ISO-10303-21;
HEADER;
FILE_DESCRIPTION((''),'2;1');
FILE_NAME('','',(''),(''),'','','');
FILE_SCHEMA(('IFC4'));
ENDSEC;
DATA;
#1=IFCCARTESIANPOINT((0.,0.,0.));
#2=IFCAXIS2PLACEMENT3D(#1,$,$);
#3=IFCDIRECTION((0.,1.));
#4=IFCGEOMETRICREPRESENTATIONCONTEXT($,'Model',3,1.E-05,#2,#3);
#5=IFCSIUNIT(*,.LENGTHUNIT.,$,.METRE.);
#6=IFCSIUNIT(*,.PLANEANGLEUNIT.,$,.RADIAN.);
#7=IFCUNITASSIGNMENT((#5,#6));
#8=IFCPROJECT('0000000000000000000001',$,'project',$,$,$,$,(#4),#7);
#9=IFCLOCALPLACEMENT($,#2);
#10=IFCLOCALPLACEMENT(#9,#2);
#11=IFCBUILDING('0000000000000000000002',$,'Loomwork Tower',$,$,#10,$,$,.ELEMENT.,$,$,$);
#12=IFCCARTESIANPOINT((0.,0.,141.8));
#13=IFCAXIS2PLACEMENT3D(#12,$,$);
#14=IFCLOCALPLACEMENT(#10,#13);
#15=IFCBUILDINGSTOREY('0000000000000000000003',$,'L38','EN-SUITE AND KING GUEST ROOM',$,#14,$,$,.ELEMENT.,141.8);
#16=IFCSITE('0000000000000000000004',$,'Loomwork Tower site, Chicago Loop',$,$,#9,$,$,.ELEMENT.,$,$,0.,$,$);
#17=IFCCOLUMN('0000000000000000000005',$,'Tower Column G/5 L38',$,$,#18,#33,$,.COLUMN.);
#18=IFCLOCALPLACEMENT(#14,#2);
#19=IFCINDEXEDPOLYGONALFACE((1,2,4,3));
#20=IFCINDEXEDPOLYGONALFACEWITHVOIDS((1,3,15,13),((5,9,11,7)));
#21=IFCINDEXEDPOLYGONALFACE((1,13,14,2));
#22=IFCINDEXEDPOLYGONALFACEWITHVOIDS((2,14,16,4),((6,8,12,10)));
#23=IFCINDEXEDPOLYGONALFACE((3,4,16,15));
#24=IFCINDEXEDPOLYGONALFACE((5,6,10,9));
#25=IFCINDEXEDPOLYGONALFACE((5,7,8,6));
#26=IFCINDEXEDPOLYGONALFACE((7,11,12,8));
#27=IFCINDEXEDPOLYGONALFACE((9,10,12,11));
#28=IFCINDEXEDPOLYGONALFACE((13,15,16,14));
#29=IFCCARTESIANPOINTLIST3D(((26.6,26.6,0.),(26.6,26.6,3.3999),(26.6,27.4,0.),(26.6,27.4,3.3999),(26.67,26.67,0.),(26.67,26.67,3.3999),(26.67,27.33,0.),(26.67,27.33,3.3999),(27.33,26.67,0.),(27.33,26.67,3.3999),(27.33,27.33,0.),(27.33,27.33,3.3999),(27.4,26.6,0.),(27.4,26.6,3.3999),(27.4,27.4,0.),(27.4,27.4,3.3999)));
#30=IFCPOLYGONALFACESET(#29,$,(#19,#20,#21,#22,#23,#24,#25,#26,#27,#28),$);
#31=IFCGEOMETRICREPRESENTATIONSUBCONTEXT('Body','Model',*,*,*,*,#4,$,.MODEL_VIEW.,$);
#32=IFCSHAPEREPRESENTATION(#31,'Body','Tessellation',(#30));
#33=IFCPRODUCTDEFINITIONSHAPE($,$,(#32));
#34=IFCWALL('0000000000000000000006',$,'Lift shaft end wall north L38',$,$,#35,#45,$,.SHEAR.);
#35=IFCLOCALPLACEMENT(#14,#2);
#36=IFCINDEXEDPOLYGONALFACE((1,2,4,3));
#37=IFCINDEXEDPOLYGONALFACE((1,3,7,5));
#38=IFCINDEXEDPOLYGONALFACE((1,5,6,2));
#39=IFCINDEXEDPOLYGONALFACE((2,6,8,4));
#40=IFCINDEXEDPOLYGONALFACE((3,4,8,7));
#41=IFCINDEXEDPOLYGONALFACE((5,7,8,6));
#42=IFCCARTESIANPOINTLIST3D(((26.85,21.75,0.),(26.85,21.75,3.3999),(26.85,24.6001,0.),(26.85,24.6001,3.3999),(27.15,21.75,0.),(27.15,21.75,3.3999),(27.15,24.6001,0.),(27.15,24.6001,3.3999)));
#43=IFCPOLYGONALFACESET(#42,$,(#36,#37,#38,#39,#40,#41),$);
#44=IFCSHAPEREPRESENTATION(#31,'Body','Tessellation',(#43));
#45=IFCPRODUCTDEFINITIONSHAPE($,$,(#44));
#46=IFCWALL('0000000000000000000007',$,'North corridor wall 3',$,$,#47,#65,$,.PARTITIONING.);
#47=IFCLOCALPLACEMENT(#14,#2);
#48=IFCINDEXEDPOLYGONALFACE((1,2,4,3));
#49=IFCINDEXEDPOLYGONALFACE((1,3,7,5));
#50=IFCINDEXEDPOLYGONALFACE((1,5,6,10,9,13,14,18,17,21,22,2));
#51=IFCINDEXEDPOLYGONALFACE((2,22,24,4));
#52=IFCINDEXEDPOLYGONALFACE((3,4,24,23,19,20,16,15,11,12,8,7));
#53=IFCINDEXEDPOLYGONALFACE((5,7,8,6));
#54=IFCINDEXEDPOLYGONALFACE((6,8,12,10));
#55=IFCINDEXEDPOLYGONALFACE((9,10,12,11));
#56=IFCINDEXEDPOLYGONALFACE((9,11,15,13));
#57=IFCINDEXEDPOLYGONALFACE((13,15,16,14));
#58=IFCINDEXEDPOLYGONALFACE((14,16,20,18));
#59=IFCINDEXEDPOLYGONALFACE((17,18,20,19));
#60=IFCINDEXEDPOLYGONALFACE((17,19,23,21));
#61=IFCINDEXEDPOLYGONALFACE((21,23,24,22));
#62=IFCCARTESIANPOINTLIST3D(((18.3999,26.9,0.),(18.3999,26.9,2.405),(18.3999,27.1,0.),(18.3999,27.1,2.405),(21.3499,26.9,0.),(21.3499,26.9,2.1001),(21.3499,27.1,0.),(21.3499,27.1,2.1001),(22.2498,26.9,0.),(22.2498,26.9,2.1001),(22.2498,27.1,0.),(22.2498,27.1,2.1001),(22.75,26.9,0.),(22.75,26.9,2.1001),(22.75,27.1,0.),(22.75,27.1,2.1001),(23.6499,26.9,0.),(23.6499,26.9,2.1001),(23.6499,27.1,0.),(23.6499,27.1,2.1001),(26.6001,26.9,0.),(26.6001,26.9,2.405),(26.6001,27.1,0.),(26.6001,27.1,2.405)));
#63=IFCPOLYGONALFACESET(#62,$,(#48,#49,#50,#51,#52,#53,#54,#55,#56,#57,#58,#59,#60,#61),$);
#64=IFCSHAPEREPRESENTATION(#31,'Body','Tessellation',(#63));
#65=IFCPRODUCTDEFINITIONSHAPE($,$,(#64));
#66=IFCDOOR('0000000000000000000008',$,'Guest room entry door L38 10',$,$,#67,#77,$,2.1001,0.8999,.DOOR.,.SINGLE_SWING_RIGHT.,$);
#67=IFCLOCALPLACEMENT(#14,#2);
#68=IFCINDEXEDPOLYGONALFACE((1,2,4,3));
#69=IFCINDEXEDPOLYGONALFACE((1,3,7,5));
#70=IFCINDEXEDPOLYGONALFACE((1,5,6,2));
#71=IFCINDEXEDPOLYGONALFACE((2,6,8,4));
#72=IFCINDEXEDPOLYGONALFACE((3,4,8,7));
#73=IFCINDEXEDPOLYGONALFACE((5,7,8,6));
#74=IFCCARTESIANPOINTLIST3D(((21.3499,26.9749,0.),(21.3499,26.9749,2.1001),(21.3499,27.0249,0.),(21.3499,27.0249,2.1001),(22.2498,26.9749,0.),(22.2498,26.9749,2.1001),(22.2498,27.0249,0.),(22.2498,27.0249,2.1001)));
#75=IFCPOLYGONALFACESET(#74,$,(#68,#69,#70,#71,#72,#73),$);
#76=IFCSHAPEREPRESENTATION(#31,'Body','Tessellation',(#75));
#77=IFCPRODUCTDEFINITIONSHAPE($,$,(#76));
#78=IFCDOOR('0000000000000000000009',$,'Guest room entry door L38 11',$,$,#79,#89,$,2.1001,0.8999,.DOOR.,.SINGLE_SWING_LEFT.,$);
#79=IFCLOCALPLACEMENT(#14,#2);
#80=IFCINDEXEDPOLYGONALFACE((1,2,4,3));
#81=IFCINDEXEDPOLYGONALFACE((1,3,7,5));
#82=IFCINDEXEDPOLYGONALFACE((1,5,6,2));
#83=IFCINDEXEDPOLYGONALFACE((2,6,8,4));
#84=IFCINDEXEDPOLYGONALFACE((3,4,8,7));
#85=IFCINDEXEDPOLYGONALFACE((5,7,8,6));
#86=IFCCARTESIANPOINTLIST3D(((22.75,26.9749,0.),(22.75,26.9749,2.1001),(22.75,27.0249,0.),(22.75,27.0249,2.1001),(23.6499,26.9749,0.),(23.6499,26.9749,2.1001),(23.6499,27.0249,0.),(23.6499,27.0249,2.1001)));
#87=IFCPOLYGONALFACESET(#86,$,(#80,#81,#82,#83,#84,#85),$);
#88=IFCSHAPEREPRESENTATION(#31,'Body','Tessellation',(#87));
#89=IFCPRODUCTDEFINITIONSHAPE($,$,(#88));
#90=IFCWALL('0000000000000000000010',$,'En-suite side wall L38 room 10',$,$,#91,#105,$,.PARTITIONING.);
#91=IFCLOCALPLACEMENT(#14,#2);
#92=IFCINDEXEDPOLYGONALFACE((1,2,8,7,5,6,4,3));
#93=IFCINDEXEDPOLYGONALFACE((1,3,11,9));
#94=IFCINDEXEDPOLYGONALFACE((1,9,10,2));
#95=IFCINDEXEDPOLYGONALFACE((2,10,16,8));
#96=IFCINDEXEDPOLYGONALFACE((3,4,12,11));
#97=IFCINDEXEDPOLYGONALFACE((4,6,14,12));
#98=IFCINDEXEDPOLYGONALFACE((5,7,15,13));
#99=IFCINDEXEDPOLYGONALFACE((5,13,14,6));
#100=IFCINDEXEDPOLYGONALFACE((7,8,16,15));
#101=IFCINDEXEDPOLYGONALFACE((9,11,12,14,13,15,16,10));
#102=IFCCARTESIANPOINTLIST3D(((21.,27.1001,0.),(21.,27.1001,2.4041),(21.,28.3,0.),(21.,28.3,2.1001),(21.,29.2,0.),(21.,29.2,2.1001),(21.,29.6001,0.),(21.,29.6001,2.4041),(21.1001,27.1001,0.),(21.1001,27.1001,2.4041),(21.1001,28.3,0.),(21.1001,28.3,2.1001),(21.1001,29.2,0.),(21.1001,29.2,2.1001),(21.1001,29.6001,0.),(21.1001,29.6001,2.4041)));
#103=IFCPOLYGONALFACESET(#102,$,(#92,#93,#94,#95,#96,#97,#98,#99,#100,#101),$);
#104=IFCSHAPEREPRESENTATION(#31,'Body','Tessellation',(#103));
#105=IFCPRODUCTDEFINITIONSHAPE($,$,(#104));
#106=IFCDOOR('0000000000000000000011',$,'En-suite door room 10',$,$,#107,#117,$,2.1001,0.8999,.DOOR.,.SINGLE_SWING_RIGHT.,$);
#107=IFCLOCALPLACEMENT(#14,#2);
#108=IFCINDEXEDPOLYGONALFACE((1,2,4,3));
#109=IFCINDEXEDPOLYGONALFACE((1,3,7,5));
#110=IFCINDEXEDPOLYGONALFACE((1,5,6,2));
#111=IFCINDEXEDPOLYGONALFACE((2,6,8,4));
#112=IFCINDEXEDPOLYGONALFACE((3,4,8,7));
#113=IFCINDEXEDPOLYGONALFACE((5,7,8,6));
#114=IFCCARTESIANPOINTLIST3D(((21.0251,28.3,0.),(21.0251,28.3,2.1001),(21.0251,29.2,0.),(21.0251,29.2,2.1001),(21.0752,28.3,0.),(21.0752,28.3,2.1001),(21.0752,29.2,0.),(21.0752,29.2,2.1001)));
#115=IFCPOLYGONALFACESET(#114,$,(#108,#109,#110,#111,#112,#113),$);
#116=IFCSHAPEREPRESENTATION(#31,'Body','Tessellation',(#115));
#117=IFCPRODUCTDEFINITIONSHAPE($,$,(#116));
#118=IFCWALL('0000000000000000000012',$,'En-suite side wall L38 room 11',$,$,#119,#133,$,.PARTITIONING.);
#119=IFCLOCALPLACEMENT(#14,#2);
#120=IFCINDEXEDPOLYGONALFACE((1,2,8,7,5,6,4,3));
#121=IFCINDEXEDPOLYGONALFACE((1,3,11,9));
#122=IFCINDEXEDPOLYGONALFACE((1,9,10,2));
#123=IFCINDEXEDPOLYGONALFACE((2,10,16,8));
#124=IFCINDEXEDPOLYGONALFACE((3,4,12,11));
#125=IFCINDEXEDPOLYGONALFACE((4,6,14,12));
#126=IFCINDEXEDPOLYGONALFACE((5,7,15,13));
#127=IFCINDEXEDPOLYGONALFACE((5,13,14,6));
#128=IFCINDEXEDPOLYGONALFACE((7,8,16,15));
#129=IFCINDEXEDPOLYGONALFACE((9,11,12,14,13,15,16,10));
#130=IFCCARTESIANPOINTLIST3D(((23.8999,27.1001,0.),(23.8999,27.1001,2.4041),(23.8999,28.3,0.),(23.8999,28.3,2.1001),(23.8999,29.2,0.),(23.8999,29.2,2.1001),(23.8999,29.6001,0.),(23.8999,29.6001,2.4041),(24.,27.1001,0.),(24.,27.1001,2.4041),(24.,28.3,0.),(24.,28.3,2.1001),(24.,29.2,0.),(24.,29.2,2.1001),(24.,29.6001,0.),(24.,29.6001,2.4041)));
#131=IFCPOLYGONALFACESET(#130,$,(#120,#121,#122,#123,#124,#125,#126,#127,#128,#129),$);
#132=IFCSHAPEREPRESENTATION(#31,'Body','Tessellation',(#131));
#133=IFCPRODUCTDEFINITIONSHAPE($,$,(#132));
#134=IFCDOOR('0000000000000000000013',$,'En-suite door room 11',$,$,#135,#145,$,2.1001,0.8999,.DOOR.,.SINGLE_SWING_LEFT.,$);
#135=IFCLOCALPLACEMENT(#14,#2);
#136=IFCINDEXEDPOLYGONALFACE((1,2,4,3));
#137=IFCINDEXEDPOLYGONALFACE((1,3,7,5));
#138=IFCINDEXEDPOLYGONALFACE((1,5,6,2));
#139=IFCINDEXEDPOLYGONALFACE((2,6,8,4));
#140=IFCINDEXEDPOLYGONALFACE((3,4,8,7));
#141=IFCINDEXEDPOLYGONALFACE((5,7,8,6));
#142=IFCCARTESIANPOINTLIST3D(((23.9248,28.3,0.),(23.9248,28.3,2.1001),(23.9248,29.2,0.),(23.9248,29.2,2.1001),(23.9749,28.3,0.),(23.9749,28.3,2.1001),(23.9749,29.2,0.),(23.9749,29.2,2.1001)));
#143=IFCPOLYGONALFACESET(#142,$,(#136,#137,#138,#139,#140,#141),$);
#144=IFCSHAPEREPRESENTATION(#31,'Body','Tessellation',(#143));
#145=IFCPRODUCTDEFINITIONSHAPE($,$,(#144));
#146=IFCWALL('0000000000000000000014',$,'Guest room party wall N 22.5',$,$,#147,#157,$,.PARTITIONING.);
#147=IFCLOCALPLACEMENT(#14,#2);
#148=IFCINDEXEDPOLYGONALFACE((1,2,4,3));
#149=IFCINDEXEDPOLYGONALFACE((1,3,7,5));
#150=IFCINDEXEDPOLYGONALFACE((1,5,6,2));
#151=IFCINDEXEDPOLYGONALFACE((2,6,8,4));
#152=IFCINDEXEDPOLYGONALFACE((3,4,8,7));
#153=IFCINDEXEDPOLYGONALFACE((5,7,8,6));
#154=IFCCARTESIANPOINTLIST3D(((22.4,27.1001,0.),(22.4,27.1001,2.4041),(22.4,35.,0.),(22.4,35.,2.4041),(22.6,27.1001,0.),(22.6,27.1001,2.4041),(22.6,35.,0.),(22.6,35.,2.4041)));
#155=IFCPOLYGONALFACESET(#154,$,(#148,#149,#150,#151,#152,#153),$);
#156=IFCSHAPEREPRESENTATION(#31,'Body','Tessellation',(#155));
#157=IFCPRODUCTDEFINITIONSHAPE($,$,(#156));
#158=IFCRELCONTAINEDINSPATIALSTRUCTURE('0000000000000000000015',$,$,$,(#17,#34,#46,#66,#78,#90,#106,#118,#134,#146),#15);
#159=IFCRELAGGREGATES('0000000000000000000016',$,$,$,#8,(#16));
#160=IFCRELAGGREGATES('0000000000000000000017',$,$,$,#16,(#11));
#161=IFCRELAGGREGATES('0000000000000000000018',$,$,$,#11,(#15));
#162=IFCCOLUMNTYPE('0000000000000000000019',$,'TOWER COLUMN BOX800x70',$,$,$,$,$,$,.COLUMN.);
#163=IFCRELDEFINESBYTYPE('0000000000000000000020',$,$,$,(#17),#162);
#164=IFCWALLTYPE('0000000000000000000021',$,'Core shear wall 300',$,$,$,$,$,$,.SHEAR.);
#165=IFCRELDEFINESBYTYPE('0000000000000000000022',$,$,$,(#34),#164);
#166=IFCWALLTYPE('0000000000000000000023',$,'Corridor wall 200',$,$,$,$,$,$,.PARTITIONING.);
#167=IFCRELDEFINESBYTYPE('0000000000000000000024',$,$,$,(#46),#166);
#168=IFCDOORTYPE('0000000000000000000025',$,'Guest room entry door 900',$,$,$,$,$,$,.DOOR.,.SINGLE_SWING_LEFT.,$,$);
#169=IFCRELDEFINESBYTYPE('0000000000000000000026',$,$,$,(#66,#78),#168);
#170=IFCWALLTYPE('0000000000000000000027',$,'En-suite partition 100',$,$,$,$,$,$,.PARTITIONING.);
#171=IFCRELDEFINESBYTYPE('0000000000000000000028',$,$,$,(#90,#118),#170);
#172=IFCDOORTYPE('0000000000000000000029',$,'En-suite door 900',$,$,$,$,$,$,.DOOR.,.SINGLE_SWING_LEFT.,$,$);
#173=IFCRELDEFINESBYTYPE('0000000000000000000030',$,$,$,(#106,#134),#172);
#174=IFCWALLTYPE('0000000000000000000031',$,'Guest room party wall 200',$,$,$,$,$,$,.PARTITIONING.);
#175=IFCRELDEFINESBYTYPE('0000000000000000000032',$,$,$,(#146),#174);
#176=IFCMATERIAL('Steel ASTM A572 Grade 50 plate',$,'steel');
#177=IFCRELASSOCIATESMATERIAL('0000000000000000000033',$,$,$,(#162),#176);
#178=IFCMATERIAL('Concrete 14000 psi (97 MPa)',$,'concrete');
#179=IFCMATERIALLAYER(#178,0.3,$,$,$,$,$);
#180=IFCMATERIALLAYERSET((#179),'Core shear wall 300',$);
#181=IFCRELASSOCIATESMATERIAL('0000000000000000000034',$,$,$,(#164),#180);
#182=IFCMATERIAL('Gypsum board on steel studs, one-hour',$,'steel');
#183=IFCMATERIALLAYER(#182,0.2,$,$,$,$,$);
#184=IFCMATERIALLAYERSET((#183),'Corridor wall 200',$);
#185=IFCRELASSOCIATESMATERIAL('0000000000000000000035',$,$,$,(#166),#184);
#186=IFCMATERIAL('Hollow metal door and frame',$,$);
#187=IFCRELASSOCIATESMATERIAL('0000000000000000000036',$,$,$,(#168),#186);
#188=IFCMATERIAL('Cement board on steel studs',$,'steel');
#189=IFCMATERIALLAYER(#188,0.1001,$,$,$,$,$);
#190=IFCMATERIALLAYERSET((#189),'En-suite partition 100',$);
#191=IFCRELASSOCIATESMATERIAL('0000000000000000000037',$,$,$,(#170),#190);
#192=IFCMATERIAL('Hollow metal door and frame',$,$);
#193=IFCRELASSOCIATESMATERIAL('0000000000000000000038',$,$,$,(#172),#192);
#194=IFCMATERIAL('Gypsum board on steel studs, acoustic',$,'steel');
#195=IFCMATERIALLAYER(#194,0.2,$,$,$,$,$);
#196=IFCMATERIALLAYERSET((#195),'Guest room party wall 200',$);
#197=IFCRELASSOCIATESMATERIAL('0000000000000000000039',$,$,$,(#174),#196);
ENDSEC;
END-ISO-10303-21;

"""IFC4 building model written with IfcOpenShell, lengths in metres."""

from ifc_helpers import new_model, si_unit, direction, frame, frame_2d, origin, origin_2d, place, context, subcontext, project, spatial, rectangle, hollow_rectangle, extrude, material, layer, layer_set, material_profile, profile_set, type_object, element, fill, save


model = new_model("IFC4")

# Units and contexts
model_context = context("Model", 3, precision=1e-05, world=origin(), true_north=direction((0.0, 1.0)))
body_context = subcontext(model_context, "Body", "Model", "MODEL_VIEW")
ifc_project = project(units=[si_unit("LENGTHUNIT", "METRE"), si_unit("PLANEANGLEUNIT", "RADIAN")], contexts=[model_context])

# Site, building, storey
site_placement = place(None, origin())
site = spatial("IfcSite", under=ifc_project, at=site_placement, Name="Loomwork Tower site, Chicago Loop", CompositionType="ELEMENT", RefElevation=0.0)
building_placement = place(site_placement, origin())
building = spatial("IfcBuilding", under=site, at=building_placement, Name="Loomwork Tower", CompositionType="ELEMENT")
storey_placement = place(building_placement, frame((0.0, 0.0, 141.8)))
storey = spatial("IfcBuildingStorey", under=building, at=storey_placement, Name="L38", Description="EN-SUITE AND KING GUEST ROOM", CompositionType="ELEMENT", Elevation=141.8)

# Column
ifc_material_1 = material(Name="Steel ASTM A572 Grade 50 plate", Category="steel")
ifc_material_profile = material_profile(ifc_material_1, hollow_rectangle(XDim=0.8, YDim=0.8, WallThickness=0.0701, at=origin_2d()), Name="BOX800x70")
ifc_profile_set = profile_set([ifc_material_profile], Name="Steel ASTM A572 Grade 50 plate")
column_type = type_object("IfcColumnType", Name="TOWER COLUMN BOX800x70", PredefinedType="COLUMN", material=ifc_profile_set)
column_placement = place(storey_placement, frame((27.0, 27.0, 0.0), z_axis=(0.0, 0.0, 1.0), x_axis=(1.0, 0.0, 0.0)))
element("IfcColumn", 1, at=column_placement, inside=storey, type_object=column_type, Name="Tower Column G/5 L38", PredefinedType="COLUMN", context=body_context, shape_type="SweptSolid", body=[
    extrude(hollow_rectangle(XDim=0.8, YDim=0.8, WallThickness=0.0701, at=origin_2d()), origin(), (0.0, 0.0, 1.0), 3.3999),
])

# Wall
ifc_material_2 = material(Name="Concrete 14000 psi (97 MPa)", Category="concrete")
ifc_layer_1 = layer(ifc_material_2, 0.3)
ifc_layer_set_1 = layer_set([ifc_layer_1], Name="Core shear wall 300")
wall_type_1 = type_object("IfcWallType", Name="Core shear wall 300", PredefinedType="SHEAR", material=ifc_layer_set_1)
wall_1_placement = place(storey_placement, frame((27.0, 21.75, 0.0), z_axis=(0.0, 0.0, 1.0), x_axis=(0.0, 1.0, 0.0)))
element("IfcWall", 2, at=wall_1_placement, inside=storey, type_object=wall_type_1, Name="Lift shaft end wall north L38", PredefinedType="SHEAR", context=body_context, shape_type="SweptSolid", body=[
    extrude(rectangle(XDim=2.8501, YDim=0.3, at=frame_2d((1.425, 0.0))), origin(), (0.0, 0.0, 1.0), 3.3999),
])

# Wall, openings, doors
ifc_material_3 = material(Name="Gypsum board on steel studs, one-hour", Category="steel")
ifc_layer_2 = layer(ifc_material_3, 0.2)
ifc_layer_set_2 = layer_set([ifc_layer_2], Name="Corridor wall 200")
wall_type_2 = type_object("IfcWallType", Name="Corridor wall 200", PredefinedType="PARTITIONING", material=ifc_layer_set_2)
wall_2_placement = place(storey_placement, frame((18.3999, 27.0, 0.0), z_axis=(0.0, 0.0, 1.0), x_axis=(1.0, 0.0, 0.0)))
wall_2 = element("IfcWall", 3, at=wall_2_placement, inside=storey, type_object=wall_type_2, Name="North corridor wall 3", PredefinedType="PARTITIONING", context=body_context, shape_type="SweptSolid", body=[
    extrude(rectangle(XDim=8.2002, YDim=0.2, at=frame_2d((4.1001, 0.0))), origin(), (0.0, 0.0, 1.0), 2.405),
])
opening_1_placement = place(wall_2_placement, frame((2.95, 0.0, 0.0)))
opening_1 = element("IfcOpeningElement", 4, at=opening_1_placement, cuts=wall_2, PredefinedType="OPENING", context=body_context, shape_type="SweptSolid", body=[
    extrude(rectangle(XDim=0.8999, YDim=2.1001, at=frame_2d((0.45, 1.05))), frame((0.0, 0.1099, 0.0), z_axis=(0.0, -1.0, 0.0), x_axis=(1.0, 0.0, 0.0)), (0.0, 0.0, 1.0), 0.22),
])
opening_2_placement = place(wall_2_placement, frame((4.3501, 0.0, 0.0)))
opening_2 = element("IfcOpeningElement", 5, at=opening_2_placement, cuts=wall_2, PredefinedType="OPENING", context=body_context, shape_type="SweptSolid", body=[
    extrude(rectangle(XDim=0.8999, YDim=2.1001, at=frame_2d((0.45, 1.05))), frame((0.0, 0.1099, 0.0), z_axis=(0.0, -1.0, 0.0), x_axis=(1.0, 0.0, 0.0)), (0.0, 0.0, 1.0), 0.22),
])
ifc_material_4 = material(Name="Hollow metal door and frame")
door_type_1 = type_object("IfcDoorType", Name="Guest room entry door 900", OperationType="SINGLE_SWING_LEFT", PredefinedType="DOOR", material=ifc_material_4)
door_1_placement = place(opening_1_placement, origin())
door_1 = element("IfcDoor", 6, at=door_1_placement, inside=storey, type_object=door_type_1, Name="Guest room entry door L38 10", OperationType="SINGLE_SWING_RIGHT", OverallHeight=2.1001, OverallWidth=0.8999, PredefinedType="DOOR", context=body_context, shape_type="SweptSolid", body=[
    extrude(rectangle(XDim=0.8999, YDim=2.1001, at=frame_2d((0.45, 1.05))), frame((0.0, 0.0249, 0.0), z_axis=(0.0, -1.0, 0.0), x_axis=(1.0, 0.0, 0.0)), (0.0, 0.0, 1.0), 0.05),
])
fill(opening_1, door_1)
door_2_placement = place(opening_2_placement, origin())
door_2 = element("IfcDoor", 7, at=door_2_placement, inside=storey, type_object=door_type_1, Name="Guest room entry door L38 11", OperationType="SINGLE_SWING_LEFT", OverallHeight=2.1001, OverallWidth=0.8999, PredefinedType="DOOR", context=body_context, shape_type="SweptSolid", body=[
    extrude(rectangle(XDim=0.8999, YDim=2.1001, at=frame_2d((0.45, 1.05))), frame((0.0, 0.0249, 0.0), z_axis=(0.0, -1.0, 0.0), x_axis=(1.0, 0.0, 0.0)), (0.0, 0.0, 1.0), 0.05),
])
fill(opening_2, door_2)

# Walls, openings, doors
ifc_material_5 = material(Name="Cement board on steel studs", Category="steel")
ifc_layer_3 = layer(ifc_material_5, 0.1001)
ifc_layer_set_3 = layer_set([ifc_layer_3], Name="En-suite partition 100")
wall_type_3 = type_object("IfcWallType", Name="En-suite partition 100", PredefinedType="PARTITIONING", material=ifc_layer_set_3)
wall_3_placement = place(storey_placement, frame((21.05, 27.1001, 0.0), z_axis=(0.0, 0.0, 1.0), x_axis=(0.0, 1.0, 0.0)))
wall_3 = element("IfcWall", 8, at=wall_3_placement, inside=storey, type_object=wall_type_3, Name="En-suite side wall L38 room 10", PredefinedType="PARTITIONING", context=body_context, shape_type="SweptSolid", body=[
    extrude(rectangle(XDim=2.5, YDim=0.1001, at=frame_2d((1.25, 0.0))), origin(), (0.0, 0.0, 1.0), 2.4041),
])
opening_3_placement = place(wall_3_placement, frame((1.2, 0.0, 0.0)))
opening_3 = element("IfcOpeningElement", 9, at=opening_3_placement, cuts=wall_3, PredefinedType="OPENING", context=body_context, shape_type="SweptSolid", body=[
    extrude(rectangle(XDim=0.8999, YDim=2.1001, at=frame_2d((0.45, 1.05))), frame((0.0, 0.0601, 0.0), z_axis=(0.0, -1.0, 0.0), x_axis=(1.0, 0.0, 0.0)), (0.0, 0.0, 1.0), 0.1201),
])
ifc_material_6 = material(Name="Hollow metal door and frame")
door_type_2 = type_object("IfcDoorType", Name="En-suite door 900", OperationType="SINGLE_SWING_LEFT", PredefinedType="DOOR", material=ifc_material_6)
door_3_placement = place(opening_3_placement, origin())
door_3 = element("IfcDoor", 10, at=door_3_placement, inside=storey, type_object=door_type_2, Name="En-suite door room 10", OperationType="SINGLE_SWING_RIGHT", OverallHeight=2.1001, OverallWidth=0.8999, PredefinedType="DOOR", context=body_context, shape_type="SweptSolid", body=[
    extrude(rectangle(XDim=0.8999, YDim=2.1001, at=frame_2d((0.45, 1.05))), frame((0.0, 0.0249, 0.0), z_axis=(0.0, -1.0, 0.0), x_axis=(1.0, 0.0, 0.0)), (0.0, 0.0, 1.0), 0.05),
])
fill(opening_3, door_3)
wall_4_placement = place(storey_placement, frame((23.95, 27.1001, 0.0), z_axis=(0.0, 0.0, 1.0), x_axis=(0.0, 1.0, 0.0)))
wall_4 = element("IfcWall", 11, at=wall_4_placement, inside=storey, type_object=wall_type_3, Name="En-suite side wall L38 room 11", PredefinedType="PARTITIONING", context=body_context, shape_type="SweptSolid", body=[
    extrude(rectangle(XDim=2.5, YDim=0.1001, at=frame_2d((1.25, 0.0))), origin(), (0.0, 0.0, 1.0), 2.4041),
])
opening_4_placement = place(wall_4_placement, frame((1.2, 0.0, 0.0)))
opening_4 = element("IfcOpeningElement", 12, at=opening_4_placement, cuts=wall_4, PredefinedType="OPENING", context=body_context, shape_type="SweptSolid", body=[
    extrude(rectangle(XDim=0.8999, YDim=2.1001, at=frame_2d((0.45, 1.05))), frame((0.0, 0.0601, 0.0), z_axis=(0.0, -1.0, 0.0), x_axis=(1.0, 0.0, 0.0)), (0.0, 0.0, 1.0), 0.1201),
])
door_4_placement = place(opening_4_placement, frame((0.8999, 0.0, 0.0), z_axis=(0.0, 0.0, 1.0), x_axis=(-1.0, 0.0, 0.0)))
door_4 = element("IfcDoor", 13, at=door_4_placement, inside=storey, type_object=door_type_2, Name="En-suite door room 11", OperationType="SINGLE_SWING_LEFT", OverallHeight=2.1001, OverallWidth=0.8999, PredefinedType="DOOR", context=body_context, shape_type="SweptSolid", body=[
    extrude(rectangle(XDim=0.8999, YDim=2.1001, at=frame_2d((0.45, 1.05))), frame((0.0, 0.0249, 0.0), z_axis=(0.0, -1.0, 0.0), x_axis=(1.0, 0.0, 0.0)), (0.0, 0.0, 1.0), 0.05),
])
fill(opening_4, door_4)

# Wall
ifc_material_7 = material(Name="Gypsum board on steel studs, acoustic", Category="steel")
ifc_layer_4 = layer(ifc_material_7, 0.2)
ifc_layer_set_4 = layer_set([ifc_layer_4], Name="Guest room party wall 200")
wall_type_4 = type_object("IfcWallType", Name="Guest room party wall 200", PredefinedType="PARTITIONING", material=ifc_layer_set_4)
wall_5_placement = place(storey_placement, frame((22.5, 27.1001, 0.0), z_axis=(0.0, 0.0, 1.0), x_axis=(0.0, 1.0, 0.0)))
element("IfcWall", 14, at=wall_5_placement, inside=storey, type_object=wall_type_4, Name="Guest room party wall N 22.5", PredefinedType="PARTITIONING", context=body_context, shape_type="SweptSolid", body=[
    extrude(rectangle(XDim=7.8999, YDim=0.2, at=frame_2d((3.95, 0.0))), origin(), (0.0, 0.0, 1.0), 2.4041),
])

save(model, "model.ifc")
